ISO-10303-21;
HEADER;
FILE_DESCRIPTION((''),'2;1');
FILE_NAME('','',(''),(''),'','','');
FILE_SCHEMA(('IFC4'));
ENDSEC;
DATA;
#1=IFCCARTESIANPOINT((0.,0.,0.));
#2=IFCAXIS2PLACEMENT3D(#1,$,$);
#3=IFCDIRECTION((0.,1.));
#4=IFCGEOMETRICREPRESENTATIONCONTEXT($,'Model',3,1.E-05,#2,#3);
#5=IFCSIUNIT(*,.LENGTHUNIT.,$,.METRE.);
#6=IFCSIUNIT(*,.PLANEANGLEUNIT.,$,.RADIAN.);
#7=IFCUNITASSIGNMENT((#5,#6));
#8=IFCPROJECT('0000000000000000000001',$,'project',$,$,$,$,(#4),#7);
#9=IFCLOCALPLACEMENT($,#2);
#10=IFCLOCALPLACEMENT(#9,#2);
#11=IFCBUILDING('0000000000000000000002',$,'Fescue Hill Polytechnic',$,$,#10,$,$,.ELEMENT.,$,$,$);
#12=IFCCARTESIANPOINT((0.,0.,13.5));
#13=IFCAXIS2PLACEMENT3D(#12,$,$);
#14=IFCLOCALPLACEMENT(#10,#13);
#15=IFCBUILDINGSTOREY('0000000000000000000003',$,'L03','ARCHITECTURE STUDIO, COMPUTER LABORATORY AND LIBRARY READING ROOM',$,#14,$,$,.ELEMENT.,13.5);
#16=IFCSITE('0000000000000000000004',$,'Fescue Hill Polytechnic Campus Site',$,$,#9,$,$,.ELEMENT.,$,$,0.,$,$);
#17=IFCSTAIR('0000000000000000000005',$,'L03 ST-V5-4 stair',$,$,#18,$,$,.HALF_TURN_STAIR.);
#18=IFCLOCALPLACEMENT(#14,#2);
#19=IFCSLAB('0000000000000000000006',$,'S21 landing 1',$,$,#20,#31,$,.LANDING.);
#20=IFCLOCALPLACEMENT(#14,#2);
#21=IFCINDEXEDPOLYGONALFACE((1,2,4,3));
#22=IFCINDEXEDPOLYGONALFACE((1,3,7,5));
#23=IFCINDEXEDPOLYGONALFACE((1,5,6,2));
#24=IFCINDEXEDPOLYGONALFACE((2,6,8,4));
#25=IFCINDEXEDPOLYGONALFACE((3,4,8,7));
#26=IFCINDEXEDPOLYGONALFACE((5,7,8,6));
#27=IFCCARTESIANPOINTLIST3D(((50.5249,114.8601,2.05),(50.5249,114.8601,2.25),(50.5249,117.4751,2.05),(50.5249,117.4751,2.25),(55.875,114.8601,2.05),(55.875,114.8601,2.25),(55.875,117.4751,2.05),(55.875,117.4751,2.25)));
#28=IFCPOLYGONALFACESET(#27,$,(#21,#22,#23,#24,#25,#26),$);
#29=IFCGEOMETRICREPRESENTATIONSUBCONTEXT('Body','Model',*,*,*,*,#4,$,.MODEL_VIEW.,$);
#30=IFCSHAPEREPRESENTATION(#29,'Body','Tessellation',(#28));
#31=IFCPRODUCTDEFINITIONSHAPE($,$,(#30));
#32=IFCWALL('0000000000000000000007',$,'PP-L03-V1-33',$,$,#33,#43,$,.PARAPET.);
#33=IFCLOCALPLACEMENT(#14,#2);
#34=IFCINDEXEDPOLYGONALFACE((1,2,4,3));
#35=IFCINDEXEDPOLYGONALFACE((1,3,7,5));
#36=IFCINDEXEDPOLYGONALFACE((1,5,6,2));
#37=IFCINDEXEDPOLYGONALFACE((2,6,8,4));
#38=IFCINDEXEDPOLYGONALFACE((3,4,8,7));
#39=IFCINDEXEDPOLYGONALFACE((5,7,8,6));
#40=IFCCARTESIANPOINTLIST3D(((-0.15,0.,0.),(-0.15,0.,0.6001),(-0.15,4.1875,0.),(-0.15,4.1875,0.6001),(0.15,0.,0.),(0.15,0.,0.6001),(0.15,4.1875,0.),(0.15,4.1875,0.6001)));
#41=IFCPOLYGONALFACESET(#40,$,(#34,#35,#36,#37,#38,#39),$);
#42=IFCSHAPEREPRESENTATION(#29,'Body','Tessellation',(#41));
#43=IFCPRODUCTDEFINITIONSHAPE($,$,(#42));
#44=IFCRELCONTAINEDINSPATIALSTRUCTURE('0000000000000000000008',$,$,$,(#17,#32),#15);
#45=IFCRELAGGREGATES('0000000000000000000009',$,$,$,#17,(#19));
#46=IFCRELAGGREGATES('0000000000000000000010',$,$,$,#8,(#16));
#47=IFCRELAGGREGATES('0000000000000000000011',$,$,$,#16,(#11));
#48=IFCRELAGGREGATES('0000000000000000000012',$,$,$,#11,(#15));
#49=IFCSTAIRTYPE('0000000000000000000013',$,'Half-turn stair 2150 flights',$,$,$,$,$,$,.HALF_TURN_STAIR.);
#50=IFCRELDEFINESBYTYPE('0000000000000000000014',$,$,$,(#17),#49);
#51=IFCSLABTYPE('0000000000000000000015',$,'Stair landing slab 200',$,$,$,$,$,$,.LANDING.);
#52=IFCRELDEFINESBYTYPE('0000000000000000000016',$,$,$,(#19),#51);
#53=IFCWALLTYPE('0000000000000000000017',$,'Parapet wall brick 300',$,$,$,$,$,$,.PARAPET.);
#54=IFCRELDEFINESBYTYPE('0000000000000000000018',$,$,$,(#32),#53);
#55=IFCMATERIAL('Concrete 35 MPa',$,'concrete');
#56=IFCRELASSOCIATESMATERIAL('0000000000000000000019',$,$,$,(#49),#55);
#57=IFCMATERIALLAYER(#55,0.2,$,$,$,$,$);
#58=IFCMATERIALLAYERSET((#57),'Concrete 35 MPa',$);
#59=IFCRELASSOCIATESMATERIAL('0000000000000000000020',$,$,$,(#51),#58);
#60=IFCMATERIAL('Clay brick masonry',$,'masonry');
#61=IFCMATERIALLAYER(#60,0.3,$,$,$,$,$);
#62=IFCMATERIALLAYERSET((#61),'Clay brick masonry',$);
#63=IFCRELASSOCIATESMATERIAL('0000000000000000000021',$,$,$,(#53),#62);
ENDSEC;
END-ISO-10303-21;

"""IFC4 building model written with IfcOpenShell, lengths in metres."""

from ifc_helpers import new_model, si_unit, direction, frame, frame_2d, origin, place, context, subcontext, project, spatial, polyline, rectangle, outline, extrude, material, layer, layer_set, type_object, element, aggregate, save


model = new_model("IFC4")

# Units and contexts
model_context = context("Model", 3, precision=1e-05, world=origin(), true_north=direction((0.0, 1.0)))
body_context = subcontext(model_context, "Body", "Model", "MODEL_VIEW")
ifc_project = project(units=[si_unit("LENGTHUNIT", "METRE"), si_unit("PLANEANGLEUNIT", "RADIAN")], contexts=[model_context])

# Site, building, storey
site_placement = place(None, origin())
site = spatial("IfcSite", under=ifc_project, at=site_placement, Name="Fescue Hill Polytechnic Campus Site", CompositionType="ELEMENT", RefElevation=0.0)
building_placement = place(site_placement, origin())
building = spatial("IfcBuilding", under=site, at=building_placement, Name="Fescue Hill Polytechnic", CompositionType="ELEMENT")
storey_placement = place(building_placement, frame((0.0, 0.0, 13.5)))
storey = spatial("IfcBuildingStorey", under=building, at=storey_placement, Name="L03", Description="ARCHITECTURE STUDIO, COMPUTER LABORATORY AND LIBRARY READING ROOM", CompositionType="ELEMENT", Elevation=13.5)

# Shared definitions
ifc_material_1 = material(Name="Concrete 35 MPa", Category="concrete")

# Shared definitions
stair_type = type_object("IfcStairType", Name="Half-turn stair 2150 flights", PredefinedType="HALF_TURN_STAIR", material=ifc_material_1)
ifc_layer_1 = layer(ifc_material_1, 0.2)
ifc_layer_set_1 = layer_set([ifc_layer_1], Name="Concrete 35 MPa")
slab_type_1 = type_object("IfcSlabType", Name="Stair landing slab 200", PredefinedType="LANDING", material=ifc_layer_set_1)

# Stair, slab
stair_1_placement = place(storey_placement, origin())
stair_1 = element("IfcStair", 1, at=stair_1_placement, inside=storey, type_object=stair_type, Name="L03 ST-V5-4 stair", PredefinedType="HALF_TURN_STAIR")
slab_1_placement = place(storey_placement, frame((0.0, 0.0, 2.05)))
slab_1 = element("IfcSlab", 2, at=slab_1_placement, type_object=slab_type_1, Name="S21 landing 1", PredefinedType="LANDING", context=body_context, shape_type="SweptSolid", body=[
    extrude(outline(polyline([(50.5249, 114.8601), (55.875, 114.8601), (55.875, 117.4751), (50.5249, 117.4751), (50.5249, 114.8601)])), origin(), (0.0, 0.0, 1.0), 0.2),
])
aggregate(stair_1, [slab_1])

# Wall
ifc_material_2 = material(Name="Clay brick masonry", Category="masonry")
ifc_layer_2 = layer(ifc_material_2, 0.3)
ifc_layer_set_2 = layer_set([ifc_layer_2], Name="Clay brick masonry")
wall_type = type_object("IfcWallType", Name="Parapet wall brick 300", PredefinedType="PARAPET", material=ifc_layer_set_2)
wall_placement = place(storey_placement, frame((0.0, 0.0, 0.0), z_axis=(0.0, 0.0, 1.0), x_axis=(0.0, 1.0, 0.0)))
element("IfcWall", 3, at=wall_placement, inside=storey, type_object=wall_type, Name="PP-L03-V1-33", PredefinedType="PARAPET", context=body_context, shape_type="SweptSolid", body=[
    extrude(rectangle(XDim=4.1875, YDim=0.3, at=frame_2d((2.0938, 0.0))), origin(), (0.0, 0.0, 1.0), 0.6001),
])

save(model, "model.ifc")
